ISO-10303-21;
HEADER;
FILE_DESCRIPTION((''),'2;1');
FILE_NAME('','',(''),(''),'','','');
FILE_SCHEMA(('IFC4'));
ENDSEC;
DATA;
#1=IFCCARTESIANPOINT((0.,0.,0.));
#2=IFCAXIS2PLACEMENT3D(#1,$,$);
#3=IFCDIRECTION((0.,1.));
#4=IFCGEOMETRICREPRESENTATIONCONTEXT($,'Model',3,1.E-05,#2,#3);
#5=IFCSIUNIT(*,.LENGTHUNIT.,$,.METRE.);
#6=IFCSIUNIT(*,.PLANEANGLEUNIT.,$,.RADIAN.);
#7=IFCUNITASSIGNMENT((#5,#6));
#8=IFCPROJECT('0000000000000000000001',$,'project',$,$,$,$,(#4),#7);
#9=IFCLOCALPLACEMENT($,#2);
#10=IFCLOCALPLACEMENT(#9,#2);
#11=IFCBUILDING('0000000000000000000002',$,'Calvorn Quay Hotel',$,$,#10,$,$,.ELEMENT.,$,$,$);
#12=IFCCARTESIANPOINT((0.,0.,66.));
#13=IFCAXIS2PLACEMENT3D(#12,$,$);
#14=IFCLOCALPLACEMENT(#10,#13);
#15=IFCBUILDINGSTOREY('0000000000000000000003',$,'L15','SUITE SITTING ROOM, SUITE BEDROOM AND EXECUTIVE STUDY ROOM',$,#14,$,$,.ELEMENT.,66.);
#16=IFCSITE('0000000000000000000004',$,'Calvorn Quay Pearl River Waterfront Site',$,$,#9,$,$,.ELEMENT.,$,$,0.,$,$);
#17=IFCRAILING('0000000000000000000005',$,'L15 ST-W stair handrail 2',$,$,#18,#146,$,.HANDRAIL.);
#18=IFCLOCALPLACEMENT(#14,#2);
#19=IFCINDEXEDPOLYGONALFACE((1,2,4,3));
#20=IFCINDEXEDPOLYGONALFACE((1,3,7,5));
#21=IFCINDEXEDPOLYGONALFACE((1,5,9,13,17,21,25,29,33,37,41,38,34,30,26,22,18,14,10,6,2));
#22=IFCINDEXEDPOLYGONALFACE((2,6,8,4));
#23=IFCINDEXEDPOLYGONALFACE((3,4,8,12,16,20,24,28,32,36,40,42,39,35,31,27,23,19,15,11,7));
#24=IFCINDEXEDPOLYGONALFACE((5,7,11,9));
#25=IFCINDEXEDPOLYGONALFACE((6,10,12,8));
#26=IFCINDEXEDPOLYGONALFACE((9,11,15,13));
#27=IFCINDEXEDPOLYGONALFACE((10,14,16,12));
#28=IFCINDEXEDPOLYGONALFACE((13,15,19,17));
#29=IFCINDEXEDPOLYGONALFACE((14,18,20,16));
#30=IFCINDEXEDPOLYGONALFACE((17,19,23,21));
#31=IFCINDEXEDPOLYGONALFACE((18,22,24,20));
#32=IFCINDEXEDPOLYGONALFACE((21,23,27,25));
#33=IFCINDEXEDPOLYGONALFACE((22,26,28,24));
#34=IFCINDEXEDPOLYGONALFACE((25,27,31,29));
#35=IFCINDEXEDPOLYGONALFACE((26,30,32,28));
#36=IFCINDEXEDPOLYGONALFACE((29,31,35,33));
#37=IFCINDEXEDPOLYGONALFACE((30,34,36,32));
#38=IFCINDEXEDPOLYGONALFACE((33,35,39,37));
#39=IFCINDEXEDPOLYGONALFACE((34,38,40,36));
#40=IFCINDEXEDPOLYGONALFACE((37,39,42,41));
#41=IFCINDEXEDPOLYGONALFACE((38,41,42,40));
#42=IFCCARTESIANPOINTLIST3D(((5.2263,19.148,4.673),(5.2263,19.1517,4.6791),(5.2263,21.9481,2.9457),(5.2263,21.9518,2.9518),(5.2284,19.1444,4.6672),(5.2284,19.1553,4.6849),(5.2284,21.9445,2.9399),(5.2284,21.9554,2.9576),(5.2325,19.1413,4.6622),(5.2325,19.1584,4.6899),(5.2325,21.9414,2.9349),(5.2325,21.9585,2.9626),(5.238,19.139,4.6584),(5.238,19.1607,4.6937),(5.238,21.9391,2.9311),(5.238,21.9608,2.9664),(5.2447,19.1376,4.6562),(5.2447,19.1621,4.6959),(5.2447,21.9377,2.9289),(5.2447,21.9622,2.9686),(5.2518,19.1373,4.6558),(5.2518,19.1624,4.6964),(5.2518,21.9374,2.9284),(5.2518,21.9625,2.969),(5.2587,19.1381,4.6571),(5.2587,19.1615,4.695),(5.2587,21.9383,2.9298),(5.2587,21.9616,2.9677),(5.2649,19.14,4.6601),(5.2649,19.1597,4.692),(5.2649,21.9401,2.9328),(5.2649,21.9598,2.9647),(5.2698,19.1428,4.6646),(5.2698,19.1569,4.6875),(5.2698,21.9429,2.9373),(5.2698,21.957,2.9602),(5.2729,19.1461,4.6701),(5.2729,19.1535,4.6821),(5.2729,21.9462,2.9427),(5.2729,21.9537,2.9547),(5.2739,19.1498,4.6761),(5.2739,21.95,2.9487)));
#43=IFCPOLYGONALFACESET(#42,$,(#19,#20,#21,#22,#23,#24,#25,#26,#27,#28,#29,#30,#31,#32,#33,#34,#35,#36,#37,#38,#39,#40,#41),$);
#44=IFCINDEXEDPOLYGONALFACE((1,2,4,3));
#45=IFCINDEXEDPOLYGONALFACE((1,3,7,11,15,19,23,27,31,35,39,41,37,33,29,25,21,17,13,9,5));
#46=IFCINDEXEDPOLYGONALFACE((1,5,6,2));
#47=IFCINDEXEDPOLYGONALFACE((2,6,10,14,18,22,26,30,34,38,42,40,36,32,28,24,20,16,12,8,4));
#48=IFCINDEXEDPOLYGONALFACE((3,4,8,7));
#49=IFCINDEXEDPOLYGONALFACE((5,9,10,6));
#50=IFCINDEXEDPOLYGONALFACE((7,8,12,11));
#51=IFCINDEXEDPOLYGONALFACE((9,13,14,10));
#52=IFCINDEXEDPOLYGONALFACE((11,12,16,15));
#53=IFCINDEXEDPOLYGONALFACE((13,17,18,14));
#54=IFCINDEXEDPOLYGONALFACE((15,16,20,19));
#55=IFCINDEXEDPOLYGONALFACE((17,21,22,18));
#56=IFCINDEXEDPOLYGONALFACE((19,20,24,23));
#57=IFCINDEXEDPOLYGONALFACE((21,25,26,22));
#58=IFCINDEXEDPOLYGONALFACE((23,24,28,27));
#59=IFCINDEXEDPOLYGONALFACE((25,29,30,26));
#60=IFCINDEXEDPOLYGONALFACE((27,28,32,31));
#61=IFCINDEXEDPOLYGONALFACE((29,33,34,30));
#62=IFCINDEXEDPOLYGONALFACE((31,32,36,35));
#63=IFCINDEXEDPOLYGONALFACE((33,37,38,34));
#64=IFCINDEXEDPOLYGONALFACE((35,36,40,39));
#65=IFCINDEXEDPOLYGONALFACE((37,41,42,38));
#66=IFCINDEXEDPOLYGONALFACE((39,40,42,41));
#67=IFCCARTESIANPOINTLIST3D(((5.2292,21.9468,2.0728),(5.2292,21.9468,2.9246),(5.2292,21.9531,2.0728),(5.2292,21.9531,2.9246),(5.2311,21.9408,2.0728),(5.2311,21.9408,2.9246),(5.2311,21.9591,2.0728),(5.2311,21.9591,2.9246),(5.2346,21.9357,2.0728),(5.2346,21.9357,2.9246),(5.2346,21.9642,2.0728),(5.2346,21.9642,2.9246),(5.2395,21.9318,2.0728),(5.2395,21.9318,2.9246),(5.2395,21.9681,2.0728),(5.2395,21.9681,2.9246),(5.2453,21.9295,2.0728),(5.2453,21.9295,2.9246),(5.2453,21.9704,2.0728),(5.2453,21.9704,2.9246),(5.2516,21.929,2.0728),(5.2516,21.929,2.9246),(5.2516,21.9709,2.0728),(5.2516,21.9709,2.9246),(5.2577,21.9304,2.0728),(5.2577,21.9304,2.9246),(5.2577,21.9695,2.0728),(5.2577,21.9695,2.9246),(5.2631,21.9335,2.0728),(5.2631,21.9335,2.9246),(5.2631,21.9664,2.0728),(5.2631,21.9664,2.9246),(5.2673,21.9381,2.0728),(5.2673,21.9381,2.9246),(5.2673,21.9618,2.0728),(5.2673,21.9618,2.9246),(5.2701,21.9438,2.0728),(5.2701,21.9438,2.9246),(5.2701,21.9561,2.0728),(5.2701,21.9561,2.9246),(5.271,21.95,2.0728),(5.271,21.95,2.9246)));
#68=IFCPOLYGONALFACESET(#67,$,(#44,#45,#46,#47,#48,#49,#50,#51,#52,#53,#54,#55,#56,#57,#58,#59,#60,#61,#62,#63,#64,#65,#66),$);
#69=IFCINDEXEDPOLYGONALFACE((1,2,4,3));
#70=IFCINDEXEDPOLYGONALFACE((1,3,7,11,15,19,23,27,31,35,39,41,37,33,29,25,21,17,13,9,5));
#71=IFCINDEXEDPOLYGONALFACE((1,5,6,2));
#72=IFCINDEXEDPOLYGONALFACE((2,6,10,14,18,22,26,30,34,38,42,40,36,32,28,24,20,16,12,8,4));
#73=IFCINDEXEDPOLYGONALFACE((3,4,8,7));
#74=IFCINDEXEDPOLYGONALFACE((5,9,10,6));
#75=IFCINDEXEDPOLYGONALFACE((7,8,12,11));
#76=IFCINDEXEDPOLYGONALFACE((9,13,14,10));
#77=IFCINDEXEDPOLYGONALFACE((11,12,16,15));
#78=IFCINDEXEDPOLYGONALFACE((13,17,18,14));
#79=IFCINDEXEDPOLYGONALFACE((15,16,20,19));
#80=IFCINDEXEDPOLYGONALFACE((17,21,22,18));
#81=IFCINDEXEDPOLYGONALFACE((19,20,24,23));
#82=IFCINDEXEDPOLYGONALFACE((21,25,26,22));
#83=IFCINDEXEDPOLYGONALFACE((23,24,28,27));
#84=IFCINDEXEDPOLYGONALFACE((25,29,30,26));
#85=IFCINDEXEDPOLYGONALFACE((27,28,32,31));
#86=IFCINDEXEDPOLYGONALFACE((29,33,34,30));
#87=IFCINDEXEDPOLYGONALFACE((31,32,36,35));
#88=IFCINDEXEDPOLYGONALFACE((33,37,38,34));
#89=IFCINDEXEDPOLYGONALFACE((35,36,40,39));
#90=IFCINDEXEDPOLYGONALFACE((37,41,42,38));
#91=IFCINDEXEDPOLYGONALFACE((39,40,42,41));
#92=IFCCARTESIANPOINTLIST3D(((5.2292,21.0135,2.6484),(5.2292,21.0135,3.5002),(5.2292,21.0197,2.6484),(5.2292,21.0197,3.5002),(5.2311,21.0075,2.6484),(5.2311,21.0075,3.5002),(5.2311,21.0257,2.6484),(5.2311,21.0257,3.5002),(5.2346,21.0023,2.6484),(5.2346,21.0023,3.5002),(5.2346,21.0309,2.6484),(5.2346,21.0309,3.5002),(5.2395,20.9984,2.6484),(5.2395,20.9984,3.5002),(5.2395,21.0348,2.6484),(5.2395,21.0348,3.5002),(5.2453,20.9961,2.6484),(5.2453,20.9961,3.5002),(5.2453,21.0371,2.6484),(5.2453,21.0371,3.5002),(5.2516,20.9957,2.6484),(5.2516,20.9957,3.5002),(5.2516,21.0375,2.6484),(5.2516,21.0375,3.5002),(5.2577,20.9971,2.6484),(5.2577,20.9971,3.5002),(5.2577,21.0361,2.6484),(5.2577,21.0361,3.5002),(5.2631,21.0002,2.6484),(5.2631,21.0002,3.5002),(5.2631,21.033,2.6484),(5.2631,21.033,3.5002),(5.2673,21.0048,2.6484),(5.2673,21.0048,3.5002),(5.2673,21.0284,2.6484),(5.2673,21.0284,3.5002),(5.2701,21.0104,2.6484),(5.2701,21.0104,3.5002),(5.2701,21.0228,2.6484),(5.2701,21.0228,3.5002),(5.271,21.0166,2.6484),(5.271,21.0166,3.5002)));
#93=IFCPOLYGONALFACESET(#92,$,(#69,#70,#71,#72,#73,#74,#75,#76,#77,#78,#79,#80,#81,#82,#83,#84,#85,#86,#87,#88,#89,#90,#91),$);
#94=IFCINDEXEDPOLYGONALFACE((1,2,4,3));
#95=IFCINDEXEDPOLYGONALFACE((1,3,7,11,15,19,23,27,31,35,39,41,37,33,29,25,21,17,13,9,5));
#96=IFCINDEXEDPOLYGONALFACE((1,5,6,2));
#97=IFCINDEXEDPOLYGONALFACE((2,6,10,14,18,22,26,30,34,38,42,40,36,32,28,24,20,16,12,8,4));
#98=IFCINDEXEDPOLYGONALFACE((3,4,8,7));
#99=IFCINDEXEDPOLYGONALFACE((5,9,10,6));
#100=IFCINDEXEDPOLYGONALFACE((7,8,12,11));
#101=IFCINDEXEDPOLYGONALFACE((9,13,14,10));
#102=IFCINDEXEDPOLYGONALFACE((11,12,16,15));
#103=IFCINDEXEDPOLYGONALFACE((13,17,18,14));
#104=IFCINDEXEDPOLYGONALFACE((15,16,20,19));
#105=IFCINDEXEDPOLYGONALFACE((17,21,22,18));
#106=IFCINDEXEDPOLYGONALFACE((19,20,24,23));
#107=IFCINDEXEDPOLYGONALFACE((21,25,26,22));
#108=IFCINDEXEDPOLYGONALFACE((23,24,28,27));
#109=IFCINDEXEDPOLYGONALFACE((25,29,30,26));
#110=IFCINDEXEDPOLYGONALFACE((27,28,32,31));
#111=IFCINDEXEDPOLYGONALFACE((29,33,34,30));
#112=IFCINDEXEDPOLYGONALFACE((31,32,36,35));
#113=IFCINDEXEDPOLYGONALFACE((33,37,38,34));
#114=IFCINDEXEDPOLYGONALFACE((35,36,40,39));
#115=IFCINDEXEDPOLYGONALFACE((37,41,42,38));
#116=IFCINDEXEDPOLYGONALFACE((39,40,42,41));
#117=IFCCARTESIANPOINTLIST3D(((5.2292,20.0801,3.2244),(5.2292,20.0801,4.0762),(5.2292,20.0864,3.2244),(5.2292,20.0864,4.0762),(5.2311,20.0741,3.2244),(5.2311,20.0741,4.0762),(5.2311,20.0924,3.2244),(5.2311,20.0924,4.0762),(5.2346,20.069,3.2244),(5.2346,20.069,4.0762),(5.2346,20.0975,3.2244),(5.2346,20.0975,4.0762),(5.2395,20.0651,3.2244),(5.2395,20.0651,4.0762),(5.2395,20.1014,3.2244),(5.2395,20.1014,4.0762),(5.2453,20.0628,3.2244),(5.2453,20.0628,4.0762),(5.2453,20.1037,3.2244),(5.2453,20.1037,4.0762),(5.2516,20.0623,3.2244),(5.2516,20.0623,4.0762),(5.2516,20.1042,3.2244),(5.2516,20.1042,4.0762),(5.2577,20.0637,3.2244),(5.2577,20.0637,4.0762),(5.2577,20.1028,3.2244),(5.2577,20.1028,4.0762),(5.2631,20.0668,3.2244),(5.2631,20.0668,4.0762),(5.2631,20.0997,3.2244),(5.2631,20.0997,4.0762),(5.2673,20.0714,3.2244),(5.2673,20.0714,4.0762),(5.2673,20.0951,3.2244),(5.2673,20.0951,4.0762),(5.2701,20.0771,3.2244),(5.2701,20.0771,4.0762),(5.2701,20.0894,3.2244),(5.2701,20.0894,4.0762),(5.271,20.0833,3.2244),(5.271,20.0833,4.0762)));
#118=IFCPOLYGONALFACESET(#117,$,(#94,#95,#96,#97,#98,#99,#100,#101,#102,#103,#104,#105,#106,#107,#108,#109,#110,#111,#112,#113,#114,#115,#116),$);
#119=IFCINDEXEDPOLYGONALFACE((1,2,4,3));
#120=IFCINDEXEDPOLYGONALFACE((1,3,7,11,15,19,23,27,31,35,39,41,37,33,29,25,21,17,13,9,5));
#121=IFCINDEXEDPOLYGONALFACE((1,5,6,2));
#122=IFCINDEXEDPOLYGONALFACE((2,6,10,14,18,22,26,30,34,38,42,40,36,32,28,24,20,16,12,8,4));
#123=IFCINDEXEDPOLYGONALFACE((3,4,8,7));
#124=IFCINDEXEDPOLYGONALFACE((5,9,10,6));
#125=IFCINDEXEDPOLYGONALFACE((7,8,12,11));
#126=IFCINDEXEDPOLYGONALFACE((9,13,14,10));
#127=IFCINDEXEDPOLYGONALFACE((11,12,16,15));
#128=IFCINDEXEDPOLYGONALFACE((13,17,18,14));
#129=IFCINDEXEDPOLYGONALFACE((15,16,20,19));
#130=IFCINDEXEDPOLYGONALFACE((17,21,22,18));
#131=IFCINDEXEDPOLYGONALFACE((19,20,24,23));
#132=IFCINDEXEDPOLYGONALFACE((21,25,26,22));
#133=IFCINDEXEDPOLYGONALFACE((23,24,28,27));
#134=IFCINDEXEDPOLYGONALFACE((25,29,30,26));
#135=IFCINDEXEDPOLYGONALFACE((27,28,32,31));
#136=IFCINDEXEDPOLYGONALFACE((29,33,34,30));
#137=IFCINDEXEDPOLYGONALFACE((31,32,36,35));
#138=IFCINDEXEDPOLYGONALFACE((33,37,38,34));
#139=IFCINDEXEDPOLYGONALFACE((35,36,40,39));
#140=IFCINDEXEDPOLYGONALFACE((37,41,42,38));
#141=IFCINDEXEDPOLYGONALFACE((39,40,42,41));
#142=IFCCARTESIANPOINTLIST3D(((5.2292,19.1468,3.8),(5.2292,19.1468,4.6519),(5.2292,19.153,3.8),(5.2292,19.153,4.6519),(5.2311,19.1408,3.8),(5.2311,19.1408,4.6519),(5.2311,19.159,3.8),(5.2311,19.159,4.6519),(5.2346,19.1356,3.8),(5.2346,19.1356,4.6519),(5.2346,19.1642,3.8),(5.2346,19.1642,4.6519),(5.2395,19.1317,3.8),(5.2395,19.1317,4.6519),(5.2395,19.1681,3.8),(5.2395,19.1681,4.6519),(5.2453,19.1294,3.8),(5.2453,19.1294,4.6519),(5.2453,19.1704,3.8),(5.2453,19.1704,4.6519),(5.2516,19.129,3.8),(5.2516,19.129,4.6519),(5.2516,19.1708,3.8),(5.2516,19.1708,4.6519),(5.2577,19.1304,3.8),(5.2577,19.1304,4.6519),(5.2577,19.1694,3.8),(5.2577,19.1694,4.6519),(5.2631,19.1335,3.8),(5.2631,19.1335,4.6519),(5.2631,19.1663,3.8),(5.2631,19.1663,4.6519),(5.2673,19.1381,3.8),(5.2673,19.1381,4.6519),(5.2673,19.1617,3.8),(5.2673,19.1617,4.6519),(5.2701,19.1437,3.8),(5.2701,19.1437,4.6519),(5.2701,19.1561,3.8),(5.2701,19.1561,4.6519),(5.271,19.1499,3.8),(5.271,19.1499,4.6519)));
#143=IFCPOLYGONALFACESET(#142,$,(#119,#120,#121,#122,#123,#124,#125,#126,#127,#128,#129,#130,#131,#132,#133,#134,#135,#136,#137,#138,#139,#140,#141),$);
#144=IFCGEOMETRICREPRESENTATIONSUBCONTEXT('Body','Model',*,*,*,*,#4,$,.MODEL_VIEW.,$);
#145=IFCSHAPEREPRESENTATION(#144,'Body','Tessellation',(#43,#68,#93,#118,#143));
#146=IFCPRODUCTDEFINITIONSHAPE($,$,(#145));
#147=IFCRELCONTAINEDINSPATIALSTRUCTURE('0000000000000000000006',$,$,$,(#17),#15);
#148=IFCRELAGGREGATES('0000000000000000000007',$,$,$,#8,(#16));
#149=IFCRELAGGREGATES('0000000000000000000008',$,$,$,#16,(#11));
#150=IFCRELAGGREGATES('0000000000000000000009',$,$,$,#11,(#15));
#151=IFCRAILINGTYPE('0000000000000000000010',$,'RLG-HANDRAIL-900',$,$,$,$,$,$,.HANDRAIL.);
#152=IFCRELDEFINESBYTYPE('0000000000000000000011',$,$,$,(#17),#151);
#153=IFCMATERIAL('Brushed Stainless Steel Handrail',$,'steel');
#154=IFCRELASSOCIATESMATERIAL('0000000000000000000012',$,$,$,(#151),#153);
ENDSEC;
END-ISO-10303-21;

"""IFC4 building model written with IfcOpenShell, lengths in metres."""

from ifc_helpers import new_model, si_unit, direction, frame, origin, origin_2d, place, context, subcontext, project, spatial, circle, extrude, material, type_object, element, save


model = new_model("IFC4")

# Units and contexts
model_context = context("Model", 3, precision=1e-05, world=origin(), true_north=direction((0.0, 1.0)))
body_context = subcontext(model_context, "Body", "Model", "MODEL_VIEW")
ifc_project = project(units=[si_unit("LENGTHUNIT", "METRE"), si_unit("PLANEANGLEUNIT", "RADIAN")], contexts=[model_context])

# Site, building, storey
site_placement = place(None, origin())
site = spatial("IfcSite", under=ifc_project, at=site_placement, Name="Calvorn Quay Pearl River Waterfront Site", CompositionType="ELEMENT", RefElevation=0.0)
building_placement = place(site_placement, origin())
building = spatial("IfcBuilding", under=site, at=building_placement, Name="Calvorn Quay Hotel", CompositionType="ELEMENT")
storey_placement = place(building_placement, frame((0.0, 0.0, 66.0)))
storey = spatial("IfcBuildingStorey", under=building, at=storey_placement, Name="L15", Description="SUITE SITTING ROOM, SUITE BEDROOM AND EXECUTIVE STUDY ROOM", CompositionType="ELEMENT", Elevation=66.0)

# Railing
ifc_material_1 = material(Name="Brushed Stainless Steel Handrail", Category="steel")
railing_type_1 = type_object("IfcRailingType", Name="RLG-HANDRAIL-900", PredefinedType="HANDRAIL", material=ifc_material_1)
railing_1_placement = place(storey_placement, frame((5.25, 21.95, 2.0728)))
element("IfcRailing", 1, at=railing_1_placement, inside=storey, type_object=railing_type_1, Name="L15 ST-W stair handrail 2", PredefinedType="HANDRAIL", context=body_context, shape_type="SweptSolid", body=[
    extrude(circle(Radius=0.0239, at=origin_2d()), frame((0.0, 0.0, 0.876), z_axis=(0.0, -0.85109, 0.52502), x_axis=(1.0, 0.0, 0.0)), (0.0, 0.0, 1.0), 3.29),
    extrude(circle(Radius=0.021, at=origin_2d()), origin(), (0.0, 0.0, 1.0), 0.8518),
    extrude(circle(Radius=0.021, at=origin_2d()), frame((0.0, -0.9333, 0.5757)), (0.0, 0.0, 1.0), 0.8518),
    extrude(circle(Radius=0.021, at=origin_2d()), frame((0.0, -1.8667, 1.1516)), (0.0, 0.0, 1.0), 0.8518),
    extrude(circle(Radius=0.021, at=origin_2d()), frame((0.0, -2.8, 1.7273)), (0.0, 0.0, 1.0), 0.8518),
])

save(model, "model.ifc")
